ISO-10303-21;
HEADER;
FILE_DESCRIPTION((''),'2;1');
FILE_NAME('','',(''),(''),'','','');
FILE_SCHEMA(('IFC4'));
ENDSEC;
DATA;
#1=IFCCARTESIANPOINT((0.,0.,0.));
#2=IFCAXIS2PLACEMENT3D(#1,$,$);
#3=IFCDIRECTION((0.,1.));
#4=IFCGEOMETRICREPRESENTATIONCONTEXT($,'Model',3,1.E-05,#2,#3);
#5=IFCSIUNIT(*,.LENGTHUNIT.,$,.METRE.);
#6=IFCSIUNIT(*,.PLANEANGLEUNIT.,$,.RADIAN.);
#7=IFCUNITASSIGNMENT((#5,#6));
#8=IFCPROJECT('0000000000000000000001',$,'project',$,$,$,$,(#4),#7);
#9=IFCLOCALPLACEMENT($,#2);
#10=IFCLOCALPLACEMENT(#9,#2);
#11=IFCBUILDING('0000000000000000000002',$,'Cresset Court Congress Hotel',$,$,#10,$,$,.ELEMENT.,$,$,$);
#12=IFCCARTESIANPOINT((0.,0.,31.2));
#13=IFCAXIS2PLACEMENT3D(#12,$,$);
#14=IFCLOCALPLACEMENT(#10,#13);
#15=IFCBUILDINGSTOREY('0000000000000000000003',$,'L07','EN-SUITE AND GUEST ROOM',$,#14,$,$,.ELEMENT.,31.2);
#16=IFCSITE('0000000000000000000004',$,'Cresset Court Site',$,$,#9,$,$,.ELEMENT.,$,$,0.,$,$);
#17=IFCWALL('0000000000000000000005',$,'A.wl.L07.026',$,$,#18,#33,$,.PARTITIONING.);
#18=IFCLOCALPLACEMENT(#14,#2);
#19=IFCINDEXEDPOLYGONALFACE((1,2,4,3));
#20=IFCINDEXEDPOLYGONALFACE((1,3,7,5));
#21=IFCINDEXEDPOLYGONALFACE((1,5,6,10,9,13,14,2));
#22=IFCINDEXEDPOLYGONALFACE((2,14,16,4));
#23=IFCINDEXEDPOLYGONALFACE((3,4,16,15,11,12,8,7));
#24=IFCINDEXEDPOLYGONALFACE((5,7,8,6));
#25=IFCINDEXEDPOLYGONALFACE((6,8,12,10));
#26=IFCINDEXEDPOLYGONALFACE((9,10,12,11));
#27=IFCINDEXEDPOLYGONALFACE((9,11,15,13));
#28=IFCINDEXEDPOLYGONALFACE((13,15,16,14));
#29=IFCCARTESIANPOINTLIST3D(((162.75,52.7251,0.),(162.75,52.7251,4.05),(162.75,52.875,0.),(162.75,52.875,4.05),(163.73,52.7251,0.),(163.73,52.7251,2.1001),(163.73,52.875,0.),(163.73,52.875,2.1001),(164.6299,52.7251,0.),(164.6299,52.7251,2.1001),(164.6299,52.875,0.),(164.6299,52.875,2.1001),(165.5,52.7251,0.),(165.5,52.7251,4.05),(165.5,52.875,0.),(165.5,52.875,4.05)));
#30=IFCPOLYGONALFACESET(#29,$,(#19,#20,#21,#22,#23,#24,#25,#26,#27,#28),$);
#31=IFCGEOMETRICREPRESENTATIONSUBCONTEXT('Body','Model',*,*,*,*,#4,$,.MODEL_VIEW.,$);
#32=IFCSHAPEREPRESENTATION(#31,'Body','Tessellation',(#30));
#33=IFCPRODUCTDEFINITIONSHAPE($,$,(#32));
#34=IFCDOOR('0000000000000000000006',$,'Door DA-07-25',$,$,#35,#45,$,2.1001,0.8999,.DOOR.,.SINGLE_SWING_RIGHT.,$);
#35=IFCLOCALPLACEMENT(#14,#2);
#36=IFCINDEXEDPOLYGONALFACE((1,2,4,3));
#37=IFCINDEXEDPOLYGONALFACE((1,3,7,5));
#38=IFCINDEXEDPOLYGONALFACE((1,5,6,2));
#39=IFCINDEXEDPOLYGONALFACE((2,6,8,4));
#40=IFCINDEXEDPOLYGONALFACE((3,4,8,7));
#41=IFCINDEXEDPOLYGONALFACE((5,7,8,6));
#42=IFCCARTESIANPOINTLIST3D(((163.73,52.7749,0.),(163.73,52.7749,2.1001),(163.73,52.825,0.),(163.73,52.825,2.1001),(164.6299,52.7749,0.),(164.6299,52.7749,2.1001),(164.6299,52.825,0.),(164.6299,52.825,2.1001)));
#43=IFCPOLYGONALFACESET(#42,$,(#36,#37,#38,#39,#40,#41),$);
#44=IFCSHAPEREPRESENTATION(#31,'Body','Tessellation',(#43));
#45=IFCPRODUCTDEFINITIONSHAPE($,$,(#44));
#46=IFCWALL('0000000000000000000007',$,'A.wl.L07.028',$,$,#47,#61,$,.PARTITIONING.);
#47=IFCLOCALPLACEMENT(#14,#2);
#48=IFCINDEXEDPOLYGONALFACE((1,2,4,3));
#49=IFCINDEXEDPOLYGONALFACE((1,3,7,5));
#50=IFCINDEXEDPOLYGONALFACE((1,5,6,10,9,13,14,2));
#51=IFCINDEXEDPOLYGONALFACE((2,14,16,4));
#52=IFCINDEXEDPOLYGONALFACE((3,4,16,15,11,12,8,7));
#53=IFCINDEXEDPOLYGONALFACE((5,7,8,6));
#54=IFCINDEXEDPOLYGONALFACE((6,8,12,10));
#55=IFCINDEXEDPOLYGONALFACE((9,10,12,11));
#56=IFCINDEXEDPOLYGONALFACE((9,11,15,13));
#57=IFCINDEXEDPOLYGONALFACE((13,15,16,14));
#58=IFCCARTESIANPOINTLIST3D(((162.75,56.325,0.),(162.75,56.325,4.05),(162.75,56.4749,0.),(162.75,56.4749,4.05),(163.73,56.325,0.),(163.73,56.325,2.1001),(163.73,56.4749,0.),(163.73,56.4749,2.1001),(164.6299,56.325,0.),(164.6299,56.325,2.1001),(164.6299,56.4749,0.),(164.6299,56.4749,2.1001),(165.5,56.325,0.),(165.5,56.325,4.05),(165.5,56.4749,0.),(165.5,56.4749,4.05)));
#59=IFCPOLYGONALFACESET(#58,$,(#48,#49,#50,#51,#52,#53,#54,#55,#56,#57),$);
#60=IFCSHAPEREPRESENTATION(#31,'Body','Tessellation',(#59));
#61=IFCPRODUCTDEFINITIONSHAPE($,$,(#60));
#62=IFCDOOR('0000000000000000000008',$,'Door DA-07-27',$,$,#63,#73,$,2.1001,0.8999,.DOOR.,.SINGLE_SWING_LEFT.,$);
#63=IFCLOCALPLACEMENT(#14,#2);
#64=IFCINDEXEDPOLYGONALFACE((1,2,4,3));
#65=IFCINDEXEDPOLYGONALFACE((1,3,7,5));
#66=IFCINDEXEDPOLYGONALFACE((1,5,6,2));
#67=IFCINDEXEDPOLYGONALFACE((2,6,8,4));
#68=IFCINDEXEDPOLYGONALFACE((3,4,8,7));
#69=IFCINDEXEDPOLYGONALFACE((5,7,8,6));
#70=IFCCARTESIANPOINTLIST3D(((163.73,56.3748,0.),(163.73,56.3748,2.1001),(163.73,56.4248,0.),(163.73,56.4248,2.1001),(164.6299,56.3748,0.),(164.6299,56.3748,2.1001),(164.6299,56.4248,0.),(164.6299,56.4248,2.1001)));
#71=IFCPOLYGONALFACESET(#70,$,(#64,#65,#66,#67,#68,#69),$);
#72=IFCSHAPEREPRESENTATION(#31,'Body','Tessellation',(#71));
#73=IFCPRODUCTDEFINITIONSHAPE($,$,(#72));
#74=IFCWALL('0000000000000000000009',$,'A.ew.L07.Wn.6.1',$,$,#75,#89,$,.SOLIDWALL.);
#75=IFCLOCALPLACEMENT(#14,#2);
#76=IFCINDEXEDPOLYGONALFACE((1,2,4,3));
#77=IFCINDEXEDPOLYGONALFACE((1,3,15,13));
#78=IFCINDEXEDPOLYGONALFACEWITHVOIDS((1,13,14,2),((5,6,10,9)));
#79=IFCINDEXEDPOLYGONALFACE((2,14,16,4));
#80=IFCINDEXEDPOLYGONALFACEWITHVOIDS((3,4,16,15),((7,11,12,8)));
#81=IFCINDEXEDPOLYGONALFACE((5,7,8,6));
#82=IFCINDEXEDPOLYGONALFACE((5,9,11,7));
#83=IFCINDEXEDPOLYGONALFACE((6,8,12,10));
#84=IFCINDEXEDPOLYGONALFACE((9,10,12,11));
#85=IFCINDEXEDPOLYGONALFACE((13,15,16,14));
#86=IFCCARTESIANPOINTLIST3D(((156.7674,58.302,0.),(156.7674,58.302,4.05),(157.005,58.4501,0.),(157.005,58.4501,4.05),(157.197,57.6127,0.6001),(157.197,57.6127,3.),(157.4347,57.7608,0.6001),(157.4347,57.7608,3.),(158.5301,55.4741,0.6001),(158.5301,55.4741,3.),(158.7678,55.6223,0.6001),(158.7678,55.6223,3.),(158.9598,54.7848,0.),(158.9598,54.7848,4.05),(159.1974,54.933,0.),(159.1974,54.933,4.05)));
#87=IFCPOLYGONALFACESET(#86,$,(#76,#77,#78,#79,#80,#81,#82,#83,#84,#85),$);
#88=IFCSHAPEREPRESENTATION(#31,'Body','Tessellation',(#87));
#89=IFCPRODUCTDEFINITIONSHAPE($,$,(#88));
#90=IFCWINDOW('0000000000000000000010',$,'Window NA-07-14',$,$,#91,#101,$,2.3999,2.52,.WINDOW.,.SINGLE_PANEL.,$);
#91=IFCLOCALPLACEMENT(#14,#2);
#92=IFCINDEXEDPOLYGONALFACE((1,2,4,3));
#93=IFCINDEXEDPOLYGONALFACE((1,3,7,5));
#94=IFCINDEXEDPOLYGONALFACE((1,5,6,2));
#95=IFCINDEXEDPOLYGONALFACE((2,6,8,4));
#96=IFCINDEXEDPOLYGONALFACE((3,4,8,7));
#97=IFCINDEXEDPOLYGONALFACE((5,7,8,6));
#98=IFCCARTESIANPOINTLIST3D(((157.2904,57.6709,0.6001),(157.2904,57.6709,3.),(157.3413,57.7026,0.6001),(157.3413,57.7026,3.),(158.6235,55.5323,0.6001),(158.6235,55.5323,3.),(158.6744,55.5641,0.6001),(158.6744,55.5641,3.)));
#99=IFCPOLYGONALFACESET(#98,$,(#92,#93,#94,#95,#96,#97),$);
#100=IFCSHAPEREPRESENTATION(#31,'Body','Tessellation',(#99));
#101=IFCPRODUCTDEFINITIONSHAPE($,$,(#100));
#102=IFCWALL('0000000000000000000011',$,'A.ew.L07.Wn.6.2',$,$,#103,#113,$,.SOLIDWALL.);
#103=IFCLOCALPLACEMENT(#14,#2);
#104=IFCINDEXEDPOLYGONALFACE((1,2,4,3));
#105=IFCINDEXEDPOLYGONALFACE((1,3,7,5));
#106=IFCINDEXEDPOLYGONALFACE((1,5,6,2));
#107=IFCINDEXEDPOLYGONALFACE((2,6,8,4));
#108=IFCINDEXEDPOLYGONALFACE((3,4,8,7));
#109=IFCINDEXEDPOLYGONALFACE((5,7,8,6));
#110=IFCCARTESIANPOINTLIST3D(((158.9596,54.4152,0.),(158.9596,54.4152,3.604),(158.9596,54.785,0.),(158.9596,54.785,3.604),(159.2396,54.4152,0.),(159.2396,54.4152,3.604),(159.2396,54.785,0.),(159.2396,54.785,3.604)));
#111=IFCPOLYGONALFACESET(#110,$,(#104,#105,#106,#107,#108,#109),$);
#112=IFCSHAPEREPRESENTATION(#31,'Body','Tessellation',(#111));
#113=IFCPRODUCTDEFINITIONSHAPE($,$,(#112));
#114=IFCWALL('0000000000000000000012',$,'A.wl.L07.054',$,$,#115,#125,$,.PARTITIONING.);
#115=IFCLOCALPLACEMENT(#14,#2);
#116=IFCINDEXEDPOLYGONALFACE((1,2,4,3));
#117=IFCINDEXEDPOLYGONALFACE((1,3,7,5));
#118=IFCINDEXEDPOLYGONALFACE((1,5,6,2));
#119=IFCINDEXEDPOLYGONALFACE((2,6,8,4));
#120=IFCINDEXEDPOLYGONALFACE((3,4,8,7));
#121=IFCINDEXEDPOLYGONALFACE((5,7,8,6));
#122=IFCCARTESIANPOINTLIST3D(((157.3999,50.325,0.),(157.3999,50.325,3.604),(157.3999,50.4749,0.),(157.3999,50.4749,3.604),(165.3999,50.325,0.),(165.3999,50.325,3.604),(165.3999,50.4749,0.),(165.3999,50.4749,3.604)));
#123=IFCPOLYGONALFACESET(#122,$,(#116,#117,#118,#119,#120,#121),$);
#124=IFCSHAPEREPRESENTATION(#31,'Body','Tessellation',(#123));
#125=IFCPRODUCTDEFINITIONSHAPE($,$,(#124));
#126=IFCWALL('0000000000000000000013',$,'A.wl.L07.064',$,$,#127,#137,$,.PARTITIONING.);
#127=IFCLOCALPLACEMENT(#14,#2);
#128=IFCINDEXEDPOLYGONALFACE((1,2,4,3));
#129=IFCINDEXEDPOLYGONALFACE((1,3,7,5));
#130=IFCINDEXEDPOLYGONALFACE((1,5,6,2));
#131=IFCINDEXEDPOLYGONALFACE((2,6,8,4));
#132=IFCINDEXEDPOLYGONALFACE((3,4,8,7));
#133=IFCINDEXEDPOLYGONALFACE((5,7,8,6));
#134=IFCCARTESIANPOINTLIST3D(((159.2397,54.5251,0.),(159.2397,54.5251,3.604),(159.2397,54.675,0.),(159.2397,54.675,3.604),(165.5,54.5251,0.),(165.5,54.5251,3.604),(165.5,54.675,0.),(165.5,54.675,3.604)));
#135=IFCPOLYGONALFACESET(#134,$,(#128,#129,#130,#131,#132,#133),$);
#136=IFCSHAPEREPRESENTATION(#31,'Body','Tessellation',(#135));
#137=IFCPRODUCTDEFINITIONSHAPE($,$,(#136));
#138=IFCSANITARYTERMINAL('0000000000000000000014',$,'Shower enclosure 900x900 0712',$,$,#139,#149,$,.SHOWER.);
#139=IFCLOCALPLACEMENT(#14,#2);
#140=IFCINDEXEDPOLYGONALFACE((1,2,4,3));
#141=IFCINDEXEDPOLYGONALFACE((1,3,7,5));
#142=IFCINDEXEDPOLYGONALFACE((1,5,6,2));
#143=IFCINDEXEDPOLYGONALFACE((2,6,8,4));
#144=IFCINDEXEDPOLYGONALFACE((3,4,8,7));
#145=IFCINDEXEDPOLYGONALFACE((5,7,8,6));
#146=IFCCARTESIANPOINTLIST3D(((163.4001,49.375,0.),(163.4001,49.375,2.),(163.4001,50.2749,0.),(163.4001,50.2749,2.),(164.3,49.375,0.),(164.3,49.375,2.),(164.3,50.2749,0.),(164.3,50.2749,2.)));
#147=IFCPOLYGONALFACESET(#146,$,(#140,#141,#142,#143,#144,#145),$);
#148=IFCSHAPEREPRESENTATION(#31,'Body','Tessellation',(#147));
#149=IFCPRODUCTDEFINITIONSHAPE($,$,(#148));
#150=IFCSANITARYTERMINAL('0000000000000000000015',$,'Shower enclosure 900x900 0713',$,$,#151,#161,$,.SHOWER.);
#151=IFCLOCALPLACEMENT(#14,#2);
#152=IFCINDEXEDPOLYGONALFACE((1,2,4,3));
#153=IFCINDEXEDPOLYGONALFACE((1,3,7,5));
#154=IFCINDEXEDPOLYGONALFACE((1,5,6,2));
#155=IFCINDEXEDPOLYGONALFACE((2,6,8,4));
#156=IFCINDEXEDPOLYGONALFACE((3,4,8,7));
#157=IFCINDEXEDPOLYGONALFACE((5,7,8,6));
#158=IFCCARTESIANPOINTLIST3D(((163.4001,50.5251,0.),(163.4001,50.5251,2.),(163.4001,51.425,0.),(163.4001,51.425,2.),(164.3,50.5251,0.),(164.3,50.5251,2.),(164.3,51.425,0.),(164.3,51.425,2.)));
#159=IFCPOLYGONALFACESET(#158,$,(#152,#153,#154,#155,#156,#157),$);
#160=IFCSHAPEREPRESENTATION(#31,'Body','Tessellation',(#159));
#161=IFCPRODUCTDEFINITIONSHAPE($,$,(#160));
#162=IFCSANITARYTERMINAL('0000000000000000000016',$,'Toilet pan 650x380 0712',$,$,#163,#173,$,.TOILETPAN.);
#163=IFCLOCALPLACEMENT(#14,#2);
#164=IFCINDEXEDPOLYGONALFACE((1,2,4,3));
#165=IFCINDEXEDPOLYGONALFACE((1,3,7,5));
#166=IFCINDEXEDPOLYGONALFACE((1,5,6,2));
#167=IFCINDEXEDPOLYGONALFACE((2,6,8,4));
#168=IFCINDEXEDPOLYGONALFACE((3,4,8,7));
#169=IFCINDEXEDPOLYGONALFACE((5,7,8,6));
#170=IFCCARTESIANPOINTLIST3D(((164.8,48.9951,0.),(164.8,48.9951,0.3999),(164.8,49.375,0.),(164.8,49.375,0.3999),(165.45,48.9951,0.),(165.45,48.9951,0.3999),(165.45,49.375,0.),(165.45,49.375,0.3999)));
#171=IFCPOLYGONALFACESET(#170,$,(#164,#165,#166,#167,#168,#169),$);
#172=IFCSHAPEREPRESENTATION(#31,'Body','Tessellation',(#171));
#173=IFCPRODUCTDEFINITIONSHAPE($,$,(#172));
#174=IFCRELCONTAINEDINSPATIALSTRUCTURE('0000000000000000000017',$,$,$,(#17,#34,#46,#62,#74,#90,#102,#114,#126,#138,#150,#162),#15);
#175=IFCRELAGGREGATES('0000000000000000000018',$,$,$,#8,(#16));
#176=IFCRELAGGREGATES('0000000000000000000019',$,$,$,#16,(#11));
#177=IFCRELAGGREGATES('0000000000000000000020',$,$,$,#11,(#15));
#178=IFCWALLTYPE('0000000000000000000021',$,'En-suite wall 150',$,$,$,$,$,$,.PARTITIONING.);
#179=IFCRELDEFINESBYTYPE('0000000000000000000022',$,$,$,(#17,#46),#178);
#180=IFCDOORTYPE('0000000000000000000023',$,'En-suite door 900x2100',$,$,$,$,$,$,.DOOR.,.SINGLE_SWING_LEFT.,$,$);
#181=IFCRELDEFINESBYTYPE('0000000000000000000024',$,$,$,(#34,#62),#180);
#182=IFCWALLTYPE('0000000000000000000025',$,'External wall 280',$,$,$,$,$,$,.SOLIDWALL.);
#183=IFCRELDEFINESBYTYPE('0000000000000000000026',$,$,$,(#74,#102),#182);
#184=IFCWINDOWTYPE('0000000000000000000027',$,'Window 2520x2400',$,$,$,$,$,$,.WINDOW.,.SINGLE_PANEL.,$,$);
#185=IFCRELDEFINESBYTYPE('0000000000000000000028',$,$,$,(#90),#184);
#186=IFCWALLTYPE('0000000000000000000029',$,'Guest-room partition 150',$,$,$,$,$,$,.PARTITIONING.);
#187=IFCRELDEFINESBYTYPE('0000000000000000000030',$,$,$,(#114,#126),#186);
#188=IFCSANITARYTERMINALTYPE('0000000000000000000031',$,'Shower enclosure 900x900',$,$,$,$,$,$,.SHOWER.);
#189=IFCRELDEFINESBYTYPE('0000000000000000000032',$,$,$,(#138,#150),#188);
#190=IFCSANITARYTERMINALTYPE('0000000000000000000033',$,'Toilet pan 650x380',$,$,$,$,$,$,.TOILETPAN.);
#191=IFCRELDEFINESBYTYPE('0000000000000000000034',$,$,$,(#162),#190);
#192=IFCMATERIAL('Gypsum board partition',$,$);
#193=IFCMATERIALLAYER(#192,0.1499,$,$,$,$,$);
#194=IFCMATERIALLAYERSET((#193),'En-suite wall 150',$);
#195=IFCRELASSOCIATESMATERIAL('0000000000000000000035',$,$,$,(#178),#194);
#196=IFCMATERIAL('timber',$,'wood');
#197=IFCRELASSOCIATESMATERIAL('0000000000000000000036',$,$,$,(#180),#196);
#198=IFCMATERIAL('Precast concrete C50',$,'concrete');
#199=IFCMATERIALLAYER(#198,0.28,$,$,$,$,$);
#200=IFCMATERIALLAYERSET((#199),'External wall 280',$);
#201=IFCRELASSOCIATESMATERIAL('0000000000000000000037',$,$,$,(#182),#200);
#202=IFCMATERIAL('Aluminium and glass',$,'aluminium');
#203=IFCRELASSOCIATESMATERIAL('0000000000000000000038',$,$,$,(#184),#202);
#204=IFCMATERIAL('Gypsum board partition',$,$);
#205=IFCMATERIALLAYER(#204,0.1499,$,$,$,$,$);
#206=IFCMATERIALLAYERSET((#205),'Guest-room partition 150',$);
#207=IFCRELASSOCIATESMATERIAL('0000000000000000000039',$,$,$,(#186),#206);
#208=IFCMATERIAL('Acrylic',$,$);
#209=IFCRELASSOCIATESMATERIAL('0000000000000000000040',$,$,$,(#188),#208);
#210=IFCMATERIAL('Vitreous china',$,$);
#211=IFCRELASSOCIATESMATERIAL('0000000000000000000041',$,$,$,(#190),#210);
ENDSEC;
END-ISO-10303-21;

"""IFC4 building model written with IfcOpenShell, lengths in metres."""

from ifc_helpers import new_model, si_unit, direction, frame, frame_2d, origin, origin_2d, place, context, subcontext, project, spatial, rectangle, extrude, material, layer, layer_set, type_object, element, fill, save


model = new_model("IFC4")

# Units and contexts
model_context = context("Model", 3, precision=1e-05, world=origin(), true_north=direction((0.0, 1.0)))
body_context = subcontext(model_context, "Body", "Model", "MODEL_VIEW")
ifc_project = project(units=[si_unit("LENGTHUNIT", "METRE"), si_unit("PLANEANGLEUNIT", "RADIAN")], contexts=[model_context])

# Site, building, storey
site_placement = place(None, origin())
site = spatial("IfcSite", under=ifc_project, at=site_placement, Name="Cresset Court Site", CompositionType="ELEMENT", RefElevation=0.0)
building_placement = place(site_placement, origin())
building = spatial("IfcBuilding", under=site, at=building_placement, Name="Cresset Court Congress Hotel", CompositionType="ELEMENT")
storey_placement = place(building_placement, frame((0.0, 0.0, 31.2)))
storey = spatial("IfcBuildingStorey", under=building, at=storey_placement, Name="L07", Description="EN-SUITE AND GUEST ROOM", CompositionType="ELEMENT", Elevation=31.2)

# Shared definitions
ifc_material_1 = material(Name="Gypsum board partition")
ifc_layer_1 = layer(ifc_material_1, 0.1499)
ifc_layer_set_1 = layer_set([ifc_layer_1], Name="En-suite wall 150")
wall_type_1 = type_object("IfcWallType", Name="En-suite wall 150", PredefinedType="PARTITIONING", material=ifc_layer_set_1)

# Walls, openings, doors
wall_1_placement = place(storey_placement, frame((162.75, 52.8, 0.0), z_axis=(0.0, 0.0, 1.0), x_axis=(1.0, 0.0, 0.0)))
wall_1 = element("IfcWall", 1, at=wall_1_placement, inside=storey, type_object=wall_type_1, Name="A.wl.L07.026", PredefinedType="PARTITIONING", context=body_context, shape_type="SweptSolid", body=[
    extrude(rectangle(XDim=2.75, YDim=0.1499, at=frame_2d((1.375, 0.0))), origin(), (0.0, 0.0, 1.0), 4.05),
])
opening_1_placement = place(wall_1_placement, frame((0.98, 0.0, 0.0)))
opening_1 = element("IfcOpeningElement", 2, at=opening_1_placement, cuts=wall_1, PredefinedType="OPENING", context=body_context, shape_type="SweptSolid", body=[
    extrude(rectangle(XDim=0.8999, YDim=2.1001, at=frame_2d((0.45, 1.05))), frame((0.0, 0.085, 0.0), z_axis=(0.0, -1.0, 0.0), x_axis=(1.0, 0.0, 0.0)), (0.0, 0.0, 1.0), 0.1699),
])
ifc_material_2 = material(Name="timber", Category="wood")
door_type = type_object("IfcDoorType", Name="En-suite door 900x2100", OperationType="SINGLE_SWING_LEFT", PredefinedType="DOOR", material=ifc_material_2)
door_1_placement = place(opening_1_placement, origin())
door_1 = element("IfcDoor", 3, at=door_1_placement, inside=storey, type_object=door_type, Name="Door DA-07-25", OperationType="SINGLE_SWING_RIGHT", OverallHeight=2.1001, OverallWidth=0.8999, PredefinedType="DOOR", context=body_context, shape_type="SweptSolid", body=[
    extrude(rectangle(XDim=0.8999, YDim=2.1001, at=frame_2d((0.45, 1.05))), frame((0.0, 0.0249, 0.0), z_axis=(0.0, -1.0, 0.0), x_axis=(1.0, 0.0, 0.0)), (0.0, 0.0, 1.0), 0.05),
])
fill(opening_1, door_1)
wall_2_placement = place(storey_placement, frame((162.75, 56.3999, 0.0), z_axis=(0.0, 0.0, 1.0), x_axis=(1.0, 0.0, 0.0)))
wall_2 = element("IfcWall", 4, at=wall_2_placement, inside=storey, type_object=wall_type_1, Name="A.wl.L07.028", PredefinedType="PARTITIONING", context=body_context, shape_type="SweptSolid", body=[
    extrude(rectangle(XDim=2.75, YDim=0.1499, at=frame_2d((1.375, 0.0))), origin(), (0.0, 0.0, 1.0), 4.05),
])
opening_2_placement = place(wall_2_placement, frame((0.98, 0.0, 0.0)))
opening_2 = element("IfcOpeningElement", 5, at=opening_2_placement, cuts=wall_2, PredefinedType="OPENING", context=body_context, shape_type="SweptSolid", body=[
    extrude(rectangle(XDim=0.8999, YDim=2.1001, at=frame_2d((0.45, 1.05))), frame((0.0, 0.085, 0.0), z_axis=(0.0, -1.0, 0.0), x_axis=(1.0, 0.0, 0.0)), (0.0, 0.0, 1.0), 0.1699),
])
door_2_placement = place(opening_2_placement, origin())
door_2 = element("IfcDoor", 6, at=door_2_placement, inside=storey, type_object=door_type, Name="Door DA-07-27", OperationType="SINGLE_SWING_LEFT", OverallHeight=2.1001, OverallWidth=0.8999, PredefinedType="DOOR", context=body_context, shape_type="SweptSolid", body=[
    extrude(rectangle(XDim=0.8999, YDim=2.1001, at=frame_2d((0.45, 1.05))), frame((0.0, 0.0249, 0.0), z_axis=(0.0, -1.0, 0.0), x_axis=(1.0, 0.0, 0.0)), (0.0, 0.0, 1.0), 0.05),
])
fill(opening_2, door_2)

# Wall, opening, window
ifc_material_3 = material(Name="Precast concrete C50", Category="concrete")
ifc_layer_2 = layer(ifc_material_3, 0.28)
ifc_layer_set_2 = layer_set([ifc_layer_2], Name="External wall 280")
wall_type_2 = type_object("IfcWallType", Name="External wall 280", PredefinedType="SOLIDWALL", material=ifc_layer_set_2)
wall_3_placement = place(storey_placement, frame((159.0786, 54.8589, 0.0), z_axis=(0.0, 0.0, 1.0), x_axis=(-0.528993, 0.848626, 0.0)))
wall_3 = element("IfcWall", 7, at=wall_3_placement, inside=storey, type_object=wall_type_2, Name="A.ew.L07.Wn.6.1", PredefinedType="SOLIDWALL", context=body_context, shape_type="SweptSolid", body=[
    extrude(rectangle(XDim=4.1445, YDim=0.28, at=frame_2d((2.0723, 0.0))), origin(), (0.0, 0.0, 1.0), 4.05),
])
opening_3_placement = place(wall_3_placement, frame((0.8123, 0.0, 0.6001)))
opening_3 = element("IfcOpeningElement", 8, at=opening_3_placement, cuts=wall_3, PredefinedType="OPENING", context=body_context, shape_type="SweptSolid", body=[
    extrude(rectangle(XDim=2.52, YDim=2.3999, at=frame_2d((1.26, 1.2))), frame((0.0, 0.1499, 0.0), z_axis=(0.0, -1.0, 0.0), x_axis=(1.0, 0.0, 0.0)), (0.0, 0.0, 1.0), 0.3),
])
ifc_material_4 = material(Name="Aluminium and glass", Category="aluminium")
window_type = type_object("IfcWindowType", Name="Window 2520x2400", PartitioningType="SINGLE_PANEL", PredefinedType="WINDOW", material=ifc_material_4)
window_placement = place(opening_3_placement, origin())
window = element("IfcWindow", 9, at=window_placement, inside=storey, type_object=window_type, Name="Window NA-07-14", OverallHeight=2.3999, OverallWidth=2.52, PartitioningType="SINGLE_PANEL", PredefinedType="WINDOW", context=body_context, shape_type="SweptSolid", body=[
    extrude(rectangle(XDim=2.52, YDim=2.3999, at=frame_2d((1.26, 1.2))), frame((0.0, 0.03, 0.0), z_axis=(0.0, -1.0, 0.0), x_axis=(1.0, 0.0, 0.0)), (0.0, 0.0, 1.0), 0.0601),
])
fill(opening_3, window)

# Walls
wall_4_placement = place(storey_placement, frame((159.0996, 54.415, 0.0), z_axis=(0.0, 0.0, 1.0), x_axis=(0.0, 1.0, 0.0)))
element("IfcWall", 10, at=wall_4_placement, inside=storey, type_object=wall_type_2, Name="A.ew.L07.Wn.6.2", PredefinedType="SOLIDWALL", context=body_context, shape_type="SweptSolid", body=[
    extrude(rectangle(XDim=0.3699, YDim=0.28, at=frame_2d((0.1851, 0.0))), origin(), (0.0, 0.0, 1.0), 3.604),
])
ifc_material_5 = material(Name="Gypsum board partition")
ifc_layer_3 = layer(ifc_material_5, 0.1499)
ifc_layer_set_3 = layer_set([ifc_layer_3], Name="Guest-room partition 150")
wall_type_3 = type_object("IfcWallType", Name="Guest-room partition 150", PredefinedType="PARTITIONING", material=ifc_layer_set_3)
wall_5_placement = place(storey_placement, frame((157.3999, 50.3999, 0.0), z_axis=(0.0, 0.0, 1.0), x_axis=(1.0, 0.0, 0.0)))
element("IfcWall", 11, at=wall_5_placement, inside=storey, type_object=wall_type_3, Name="A.wl.L07.054", PredefinedType="PARTITIONING", context=body_context, shape_type="SweptSolid", body=[
    extrude(rectangle(XDim=8.0, YDim=0.1499, at=frame_2d((4.0, 0.0))), origin(), (0.0, 0.0, 1.0), 3.604),
])
wall_6_placement = place(storey_placement, frame((159.2397, 54.6001, 0.0), z_axis=(0.0, 0.0, 1.0), x_axis=(1.0, 0.0, 0.0)))
element("IfcWall", 12, at=wall_6_placement, inside=storey, type_object=wall_type_3, Name="A.wl.L07.064", PredefinedType="PARTITIONING", context=body_context, shape_type="SweptSolid", body=[
    extrude(rectangle(XDim=6.2603, YDim=0.1499, at=frame_2d((3.1301, 0.0))), origin(), (0.0, 0.0, 1.0), 3.604),
])

# Sanitary terminals
ifc_material_6 = material(Name="Acrylic")
sanitary_terminal_type_1 = type_object("IfcSanitaryTerminalType", Name="Shower enclosure 900x900", PredefinedType="SHOWER", material=ifc_material_6)
for number, where, z_axis, x_axis, name in (
    (13, (163.8501, 49.825, 0.0), (0.0, 0.0, 1.0), (1.0, 0.0, 0.0), "Shower enclosure 900x900 0712"),
    (14, (163.8501, 50.9751, 0.0), (0.0, 0.0, 1.0), (1.0, 0.0, 0.0), "Shower enclosure 900x900 0713"),
):
    element("IfcSanitaryTerminal", number, at=place(storey_placement, frame(where, z_axis=z_axis, x_axis=x_axis)), inside=storey, type_object=sanitary_terminal_type_1, Name=name, PredefinedType="SHOWER", context=body_context, shape_type="SweptSolid", body=[
        extrude(rectangle(XDim=0.8999, YDim=0.8999, at=origin_2d()), origin(), (0.0, 0.0, 1.0), 2.0),
    ])
ifc_material_7 = material(Name="Vitreous china")
sanitary_terminal_type_2 = type_object("IfcSanitaryTerminalType", Name="Toilet pan 650x380", PredefinedType="TOILETPAN", material=ifc_material_7)
for number, where, z_axis, x_axis, name in (
    (15, (165.125, 49.1851, 0.0), (0.0, 0.0, 1.0), (1.0, 0.0, 0.0), "Toilet pan 650x380 0712"),
):
    element("IfcSanitaryTerminal", number, at=place(storey_placement, frame(where, z_axis=z_axis, x_axis=x_axis)), inside=storey, type_object=sanitary_terminal_type_2, Name=name, PredefinedType="TOILETPAN", context=body_context, shape_type="SweptSolid", body=[
        extrude(rectangle(XDim=0.6499, YDim=0.3799, at=origin_2d()), origin(), (0.0, 0.0, 1.0), 0.3999),
    ])

save(model, "model.ifc")
